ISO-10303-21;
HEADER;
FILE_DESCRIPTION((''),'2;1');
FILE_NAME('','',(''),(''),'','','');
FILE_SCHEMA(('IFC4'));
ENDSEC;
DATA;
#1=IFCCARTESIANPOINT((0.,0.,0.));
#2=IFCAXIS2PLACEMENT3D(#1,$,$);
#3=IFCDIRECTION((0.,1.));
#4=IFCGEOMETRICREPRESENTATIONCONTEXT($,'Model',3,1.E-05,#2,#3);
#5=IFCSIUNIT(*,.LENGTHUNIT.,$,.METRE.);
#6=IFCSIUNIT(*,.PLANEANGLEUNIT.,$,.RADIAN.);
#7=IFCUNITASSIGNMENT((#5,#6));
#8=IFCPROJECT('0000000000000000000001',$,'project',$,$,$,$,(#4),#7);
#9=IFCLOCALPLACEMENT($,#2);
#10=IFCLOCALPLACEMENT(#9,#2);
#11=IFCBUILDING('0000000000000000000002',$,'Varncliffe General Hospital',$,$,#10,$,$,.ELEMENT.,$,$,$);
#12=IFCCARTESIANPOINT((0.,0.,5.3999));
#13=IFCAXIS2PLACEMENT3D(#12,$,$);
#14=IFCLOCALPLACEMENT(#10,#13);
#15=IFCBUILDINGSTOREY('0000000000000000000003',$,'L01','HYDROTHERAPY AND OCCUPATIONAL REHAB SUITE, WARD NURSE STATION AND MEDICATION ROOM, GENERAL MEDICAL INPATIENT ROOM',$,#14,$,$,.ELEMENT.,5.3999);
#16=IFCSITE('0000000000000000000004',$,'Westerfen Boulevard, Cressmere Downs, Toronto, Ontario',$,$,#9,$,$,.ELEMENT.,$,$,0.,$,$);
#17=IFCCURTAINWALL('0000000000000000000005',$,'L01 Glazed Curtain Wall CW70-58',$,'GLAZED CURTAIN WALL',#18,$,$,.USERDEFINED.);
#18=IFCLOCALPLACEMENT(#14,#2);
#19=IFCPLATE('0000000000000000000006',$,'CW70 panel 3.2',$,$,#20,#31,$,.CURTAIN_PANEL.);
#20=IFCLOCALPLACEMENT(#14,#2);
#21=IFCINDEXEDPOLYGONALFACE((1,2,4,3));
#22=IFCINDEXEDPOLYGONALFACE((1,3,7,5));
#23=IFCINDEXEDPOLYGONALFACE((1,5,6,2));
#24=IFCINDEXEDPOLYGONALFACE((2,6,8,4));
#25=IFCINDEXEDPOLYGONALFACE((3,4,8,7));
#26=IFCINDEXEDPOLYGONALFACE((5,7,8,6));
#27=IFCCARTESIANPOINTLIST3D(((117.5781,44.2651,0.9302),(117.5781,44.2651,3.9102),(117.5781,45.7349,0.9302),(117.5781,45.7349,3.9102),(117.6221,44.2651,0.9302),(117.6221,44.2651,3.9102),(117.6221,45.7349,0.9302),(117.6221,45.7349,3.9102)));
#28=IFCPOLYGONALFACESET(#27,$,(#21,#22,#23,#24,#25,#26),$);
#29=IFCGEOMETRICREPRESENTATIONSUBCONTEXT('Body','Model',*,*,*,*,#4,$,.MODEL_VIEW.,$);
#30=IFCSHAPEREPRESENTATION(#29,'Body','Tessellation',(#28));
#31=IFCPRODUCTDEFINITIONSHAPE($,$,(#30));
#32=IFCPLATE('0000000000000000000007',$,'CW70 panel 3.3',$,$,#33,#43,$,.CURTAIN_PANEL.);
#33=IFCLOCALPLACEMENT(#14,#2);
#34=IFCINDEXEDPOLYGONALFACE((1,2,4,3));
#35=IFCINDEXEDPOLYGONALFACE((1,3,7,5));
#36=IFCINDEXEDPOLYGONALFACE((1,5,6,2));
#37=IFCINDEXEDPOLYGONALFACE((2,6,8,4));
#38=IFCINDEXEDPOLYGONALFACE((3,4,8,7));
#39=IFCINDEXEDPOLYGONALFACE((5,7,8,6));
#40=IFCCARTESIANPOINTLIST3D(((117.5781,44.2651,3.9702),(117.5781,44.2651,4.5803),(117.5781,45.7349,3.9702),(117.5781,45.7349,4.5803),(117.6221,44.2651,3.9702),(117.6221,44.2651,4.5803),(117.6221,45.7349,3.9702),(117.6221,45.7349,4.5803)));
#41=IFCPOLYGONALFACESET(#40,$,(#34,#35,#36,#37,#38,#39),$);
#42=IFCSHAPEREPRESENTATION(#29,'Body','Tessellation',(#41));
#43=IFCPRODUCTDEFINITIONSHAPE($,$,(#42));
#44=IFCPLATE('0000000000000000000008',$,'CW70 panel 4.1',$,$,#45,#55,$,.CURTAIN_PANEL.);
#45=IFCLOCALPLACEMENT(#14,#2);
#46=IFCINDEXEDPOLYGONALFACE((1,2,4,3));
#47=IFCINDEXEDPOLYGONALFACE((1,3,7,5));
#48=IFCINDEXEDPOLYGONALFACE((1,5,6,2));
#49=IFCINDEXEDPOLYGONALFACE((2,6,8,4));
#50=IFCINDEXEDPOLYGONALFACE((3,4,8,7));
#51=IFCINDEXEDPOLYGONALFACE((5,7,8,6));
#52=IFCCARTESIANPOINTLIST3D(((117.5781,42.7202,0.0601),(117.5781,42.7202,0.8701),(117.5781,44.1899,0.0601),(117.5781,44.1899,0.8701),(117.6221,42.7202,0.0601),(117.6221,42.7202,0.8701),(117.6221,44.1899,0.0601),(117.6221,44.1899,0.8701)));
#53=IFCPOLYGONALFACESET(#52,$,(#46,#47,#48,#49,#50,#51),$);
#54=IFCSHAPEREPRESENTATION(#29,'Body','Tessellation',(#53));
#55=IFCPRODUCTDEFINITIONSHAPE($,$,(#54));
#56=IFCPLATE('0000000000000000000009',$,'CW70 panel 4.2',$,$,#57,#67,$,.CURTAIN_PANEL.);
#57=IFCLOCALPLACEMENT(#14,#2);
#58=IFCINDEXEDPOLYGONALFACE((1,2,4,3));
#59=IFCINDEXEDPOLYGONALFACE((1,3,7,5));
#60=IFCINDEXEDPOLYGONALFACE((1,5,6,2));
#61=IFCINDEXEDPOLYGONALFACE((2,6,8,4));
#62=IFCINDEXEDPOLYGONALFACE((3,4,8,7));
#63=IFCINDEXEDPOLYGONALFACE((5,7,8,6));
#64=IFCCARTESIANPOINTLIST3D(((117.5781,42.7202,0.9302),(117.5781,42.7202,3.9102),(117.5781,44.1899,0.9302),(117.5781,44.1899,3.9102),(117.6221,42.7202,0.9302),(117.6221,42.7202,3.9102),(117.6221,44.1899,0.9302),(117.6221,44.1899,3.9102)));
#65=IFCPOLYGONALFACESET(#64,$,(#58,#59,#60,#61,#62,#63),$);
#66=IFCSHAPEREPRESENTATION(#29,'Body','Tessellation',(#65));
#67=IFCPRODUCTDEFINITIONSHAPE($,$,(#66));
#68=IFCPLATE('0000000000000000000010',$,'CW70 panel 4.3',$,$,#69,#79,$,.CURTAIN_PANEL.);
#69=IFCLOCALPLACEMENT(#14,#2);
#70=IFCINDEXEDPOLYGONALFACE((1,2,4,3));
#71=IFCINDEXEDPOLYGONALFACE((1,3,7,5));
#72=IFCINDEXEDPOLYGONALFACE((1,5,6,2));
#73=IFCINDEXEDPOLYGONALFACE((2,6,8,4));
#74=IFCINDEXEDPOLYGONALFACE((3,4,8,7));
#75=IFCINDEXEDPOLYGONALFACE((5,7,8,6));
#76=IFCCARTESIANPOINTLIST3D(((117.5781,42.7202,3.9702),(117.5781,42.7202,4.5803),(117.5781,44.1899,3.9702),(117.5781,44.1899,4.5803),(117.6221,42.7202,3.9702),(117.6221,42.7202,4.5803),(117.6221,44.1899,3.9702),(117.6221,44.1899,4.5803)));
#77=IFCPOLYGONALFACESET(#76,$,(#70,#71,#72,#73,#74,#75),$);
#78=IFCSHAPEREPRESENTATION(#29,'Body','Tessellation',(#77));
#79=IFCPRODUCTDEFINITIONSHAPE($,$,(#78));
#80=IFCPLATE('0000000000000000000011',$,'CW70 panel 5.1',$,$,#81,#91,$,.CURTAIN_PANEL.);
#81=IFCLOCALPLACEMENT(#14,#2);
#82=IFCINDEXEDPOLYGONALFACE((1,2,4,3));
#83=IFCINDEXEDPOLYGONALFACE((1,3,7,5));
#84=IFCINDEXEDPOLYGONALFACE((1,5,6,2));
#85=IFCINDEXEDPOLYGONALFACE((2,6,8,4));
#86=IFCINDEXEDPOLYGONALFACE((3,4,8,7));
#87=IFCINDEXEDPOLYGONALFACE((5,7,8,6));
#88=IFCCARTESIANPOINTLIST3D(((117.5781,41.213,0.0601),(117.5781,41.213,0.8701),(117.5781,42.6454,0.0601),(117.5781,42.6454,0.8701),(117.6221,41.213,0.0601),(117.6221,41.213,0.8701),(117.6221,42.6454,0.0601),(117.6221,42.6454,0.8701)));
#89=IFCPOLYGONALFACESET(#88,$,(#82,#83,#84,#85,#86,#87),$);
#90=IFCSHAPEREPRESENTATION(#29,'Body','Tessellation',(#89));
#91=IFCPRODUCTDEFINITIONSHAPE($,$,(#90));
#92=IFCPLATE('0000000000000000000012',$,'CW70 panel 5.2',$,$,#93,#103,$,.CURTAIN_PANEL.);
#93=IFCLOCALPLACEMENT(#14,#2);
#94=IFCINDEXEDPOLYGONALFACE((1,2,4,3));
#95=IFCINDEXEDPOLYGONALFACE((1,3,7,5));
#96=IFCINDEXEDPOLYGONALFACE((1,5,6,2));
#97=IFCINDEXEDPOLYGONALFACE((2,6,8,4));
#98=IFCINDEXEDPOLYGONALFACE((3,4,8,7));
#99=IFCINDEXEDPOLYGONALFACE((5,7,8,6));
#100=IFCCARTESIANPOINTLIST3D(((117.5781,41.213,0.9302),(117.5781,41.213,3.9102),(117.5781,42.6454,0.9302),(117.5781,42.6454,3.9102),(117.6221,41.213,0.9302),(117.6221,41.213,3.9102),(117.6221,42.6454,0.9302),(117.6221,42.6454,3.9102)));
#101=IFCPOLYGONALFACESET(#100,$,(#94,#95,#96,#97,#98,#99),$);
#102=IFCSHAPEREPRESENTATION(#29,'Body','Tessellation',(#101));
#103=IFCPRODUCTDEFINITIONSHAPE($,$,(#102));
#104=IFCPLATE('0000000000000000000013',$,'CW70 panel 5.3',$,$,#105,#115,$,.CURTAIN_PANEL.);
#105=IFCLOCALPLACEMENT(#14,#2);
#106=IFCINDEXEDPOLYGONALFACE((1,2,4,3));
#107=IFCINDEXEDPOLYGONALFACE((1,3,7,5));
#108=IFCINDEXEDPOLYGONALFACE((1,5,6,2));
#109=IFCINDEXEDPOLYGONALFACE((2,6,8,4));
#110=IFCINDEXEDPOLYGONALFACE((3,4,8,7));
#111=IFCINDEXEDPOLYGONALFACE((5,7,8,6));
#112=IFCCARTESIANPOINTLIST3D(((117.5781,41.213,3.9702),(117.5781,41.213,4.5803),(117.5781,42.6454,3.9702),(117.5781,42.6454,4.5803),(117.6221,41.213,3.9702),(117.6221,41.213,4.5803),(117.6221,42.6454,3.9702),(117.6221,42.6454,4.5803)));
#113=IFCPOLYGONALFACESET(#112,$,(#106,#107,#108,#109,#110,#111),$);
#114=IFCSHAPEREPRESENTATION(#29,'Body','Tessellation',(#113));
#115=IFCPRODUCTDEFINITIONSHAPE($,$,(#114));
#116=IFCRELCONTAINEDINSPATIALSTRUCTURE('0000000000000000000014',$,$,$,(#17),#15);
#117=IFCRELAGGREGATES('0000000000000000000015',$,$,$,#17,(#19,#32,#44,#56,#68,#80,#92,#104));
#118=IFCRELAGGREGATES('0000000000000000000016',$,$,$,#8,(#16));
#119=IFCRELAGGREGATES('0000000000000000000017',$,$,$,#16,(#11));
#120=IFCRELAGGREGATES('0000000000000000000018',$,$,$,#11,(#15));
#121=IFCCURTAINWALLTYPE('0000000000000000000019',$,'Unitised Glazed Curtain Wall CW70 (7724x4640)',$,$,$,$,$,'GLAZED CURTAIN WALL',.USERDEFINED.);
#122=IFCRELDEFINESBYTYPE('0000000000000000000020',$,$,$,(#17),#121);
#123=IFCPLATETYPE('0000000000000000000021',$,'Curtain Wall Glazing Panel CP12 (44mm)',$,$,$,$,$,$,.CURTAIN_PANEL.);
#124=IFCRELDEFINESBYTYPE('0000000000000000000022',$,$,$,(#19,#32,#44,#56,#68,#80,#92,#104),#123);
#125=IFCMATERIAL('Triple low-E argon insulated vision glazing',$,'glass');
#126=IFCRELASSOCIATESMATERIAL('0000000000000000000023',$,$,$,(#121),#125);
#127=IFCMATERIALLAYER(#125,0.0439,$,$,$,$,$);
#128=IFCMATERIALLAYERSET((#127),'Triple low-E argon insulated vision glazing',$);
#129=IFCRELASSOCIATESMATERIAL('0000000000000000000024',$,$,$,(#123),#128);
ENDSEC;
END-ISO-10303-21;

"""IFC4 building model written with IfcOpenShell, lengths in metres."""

from ifc_helpers import new_model, si_unit, direction, frame, origin, origin_2d, place, context, subcontext, project, spatial, rectangle, extrude, material, layer, layer_set, type_object, element, aggregate, save


model = new_model("IFC4")

# Units and contexts
model_context = context("Model", 3, precision=1e-05, world=origin(), true_north=direction((0.0, 1.0)))
body_context = subcontext(model_context, "Body", "Model", "MODEL_VIEW")
ifc_project = project(units=[si_unit("LENGTHUNIT", "METRE"), si_unit("PLANEANGLEUNIT", "RADIAN")], contexts=[model_context])

# Site, building, storey
site_placement = place(None, origin())
site = spatial("IfcSite", under=ifc_project, at=site_placement, Name="Westerfen Boulevard, Cressmere Downs, Toronto, Ontario", CompositionType="ELEMENT", RefElevation=0.0)
building_placement = place(site_placement, origin())
building = spatial("IfcBuilding", under=site, at=building_placement, Name="Varncliffe General Hospital", CompositionType="ELEMENT")
storey_placement = place(building_placement, frame((0.0, 0.0, 5.3999)))
storey = spatial("IfcBuildingStorey", under=building, at=storey_placement, Name="L01", Description="HYDROTHERAPY AND OCCUPATIONAL REHAB SUITE, WARD NURSE STATION AND MEDICATION ROOM, GENERAL MEDICAL INPATIENT ROOM", CompositionType="ELEMENT", Elevation=5.3999)

# Curtain wall, plates
ifc_material_1 = material(Name="Triple low-E argon insulated vision glazing", Category="glass")
curtain_wall_type = type_object("IfcCurtainWallType", Name="Unitised Glazed Curtain Wall CW70 (7724x4640)", ElementType="GLAZED CURTAIN WALL", PredefinedType="USERDEFINED", material=ifc_material_1)
curtain_wall_placement = place(storey_placement, origin())
curtain_wall = element("IfcCurtainWall", 1, at=curtain_wall_placement, inside=storey, type_object=curtain_wall_type, Name="L01 Glazed Curtain Wall CW70-58", ObjectType="GLAZED CURTAIN WALL", PredefinedType="USERDEFINED")
ifc_layer = layer(ifc_material_1, 0.0439)
ifc_layer_set = layer_set([ifc_layer], Name="Triple low-E argon insulated vision glazing")
plate_type = type_object("IfcPlateType", Name="Curtain Wall Glazing Panel CP12 (44mm)", PredefinedType="CURTAIN_PANEL", material=ifc_layer_set)
plate_1_placement = place(storey_placement, frame((117.6001, 45.0, 0.9302), z_axis=(0.0, 0.0, 1.0), x_axis=(0.0, -1.0, 0.0)))
plate_1 = element("IfcPlate", 2, at=plate_1_placement, type_object=plate_type, Name="CW70 panel 3.2", PredefinedType="CURTAIN_PANEL", context=body_context, shape_type="SweptSolid", body=[
    extrude(rectangle(XDim=1.4697, YDim=0.0439, at=origin_2d()), origin(), (0.0, 0.0, 1.0), 2.98),
])
plate_2_placement = place(storey_placement, frame((117.6001, 45.0, 3.9702), z_axis=(0.0, 0.0, 1.0), x_axis=(0.0, -1.0, 0.0)))
plate_2 = element("IfcPlate", 3, at=plate_2_placement, type_object=plate_type, Name="CW70 panel 3.3", PredefinedType="CURTAIN_PANEL", context=body_context, shape_type="SweptSolid", body=[
    extrude(rectangle(XDim=1.4697, YDim=0.0439, at=origin_2d()), origin(), (0.0, 0.0, 1.0), 0.6101),
])
plate_3_placement = place(storey_placement, frame((117.6001, 43.4551, 0.0601), z_axis=(0.0, 0.0, 1.0), x_axis=(0.0, -1.0, 0.0)))
plate_3 = element("IfcPlate", 4, at=plate_3_placement, type_object=plate_type, Name="CW70 panel 4.1", PredefinedType="CURTAIN_PANEL", context=body_context, shape_type="SweptSolid", body=[
    extrude(rectangle(XDim=1.4697, YDim=0.0439, at=origin_2d()), origin(), (0.0, 0.0, 1.0), 0.8101),
])
plate_4_placement = place(storey_placement, frame((117.6001, 43.4551, 0.9302), z_axis=(0.0, 0.0, 1.0), x_axis=(0.0, -1.0, 0.0)))
plate_4 = element("IfcPlate", 5, at=plate_4_placement, type_object=plate_type, Name="CW70 panel 4.2", PredefinedType="CURTAIN_PANEL", context=body_context, shape_type="SweptSolid", body=[
    extrude(rectangle(XDim=1.4697, YDim=0.0439, at=origin_2d()), origin(), (0.0, 0.0, 1.0), 2.98),
])
plate_5_placement = place(storey_placement, frame((117.6001, 43.4551, 3.9702), z_axis=(0.0, 0.0, 1.0), x_axis=(0.0, -1.0, 0.0)))
plate_5 = element("IfcPlate", 6, at=plate_5_placement, type_object=plate_type, Name="CW70 panel 4.3", PredefinedType="CURTAIN_PANEL", context=body_context, shape_type="SweptSolid", body=[
    extrude(rectangle(XDim=1.4697, YDim=0.0439, at=origin_2d()), origin(), (0.0, 0.0, 1.0), 0.6101),
])
plate_6_placement = place(storey_placement, frame((117.6001, 41.9292, 0.0601), z_axis=(0.0, 0.0, 1.0), x_axis=(0.0, -1.0, 0.0)))
plate_6 = element("IfcPlate", 7, at=plate_6_placement, type_object=plate_type, Name="CW70 panel 5.1", PredefinedType="CURTAIN_PANEL", context=body_context, shape_type="SweptSolid", body=[
    extrude(rectangle(XDim=1.4324, YDim=0.0439, at=origin_2d()), origin(), (0.0, 0.0, 1.0), 0.8101),
])
plate_7_placement = place(storey_placement, frame((117.6001, 41.9292, 0.9302), z_axis=(0.0, 0.0, 1.0), x_axis=(0.0, -1.0, 0.0)))
plate_7 = element("IfcPlate", 8, at=plate_7_placement, type_object=plate_type, Name="CW70 panel 5.2", PredefinedType="CURTAIN_PANEL", context=body_context, shape_type="SweptSolid", body=[
    extrude(rectangle(XDim=1.4324, YDim=0.0439, at=origin_2d()), origin(), (0.0, 0.0, 1.0), 2.98),
])
plate_8_placement = place(storey_placement, frame((117.6001, 41.9292, 3.9702), z_axis=(0.0, 0.0, 1.0), x_axis=(0.0, -1.0, 0.0)))
plate_8 = element("IfcPlate", 9, at=plate_8_placement, type_object=plate_type, Name="CW70 panel 5.3", PredefinedType="CURTAIN_PANEL", context=body_context, shape_type="SweptSolid", body=[
    extrude(rectangle(XDim=1.4324, YDim=0.0439, at=origin_2d()), origin(), (0.0, 0.0, 1.0), 0.6101),
])
aggregate(curtain_wall, [plate_1, plate_2, plate_3, plate_4, plate_5, plate_6, plate_7, plate_8])

save(model, "model.ifc")
